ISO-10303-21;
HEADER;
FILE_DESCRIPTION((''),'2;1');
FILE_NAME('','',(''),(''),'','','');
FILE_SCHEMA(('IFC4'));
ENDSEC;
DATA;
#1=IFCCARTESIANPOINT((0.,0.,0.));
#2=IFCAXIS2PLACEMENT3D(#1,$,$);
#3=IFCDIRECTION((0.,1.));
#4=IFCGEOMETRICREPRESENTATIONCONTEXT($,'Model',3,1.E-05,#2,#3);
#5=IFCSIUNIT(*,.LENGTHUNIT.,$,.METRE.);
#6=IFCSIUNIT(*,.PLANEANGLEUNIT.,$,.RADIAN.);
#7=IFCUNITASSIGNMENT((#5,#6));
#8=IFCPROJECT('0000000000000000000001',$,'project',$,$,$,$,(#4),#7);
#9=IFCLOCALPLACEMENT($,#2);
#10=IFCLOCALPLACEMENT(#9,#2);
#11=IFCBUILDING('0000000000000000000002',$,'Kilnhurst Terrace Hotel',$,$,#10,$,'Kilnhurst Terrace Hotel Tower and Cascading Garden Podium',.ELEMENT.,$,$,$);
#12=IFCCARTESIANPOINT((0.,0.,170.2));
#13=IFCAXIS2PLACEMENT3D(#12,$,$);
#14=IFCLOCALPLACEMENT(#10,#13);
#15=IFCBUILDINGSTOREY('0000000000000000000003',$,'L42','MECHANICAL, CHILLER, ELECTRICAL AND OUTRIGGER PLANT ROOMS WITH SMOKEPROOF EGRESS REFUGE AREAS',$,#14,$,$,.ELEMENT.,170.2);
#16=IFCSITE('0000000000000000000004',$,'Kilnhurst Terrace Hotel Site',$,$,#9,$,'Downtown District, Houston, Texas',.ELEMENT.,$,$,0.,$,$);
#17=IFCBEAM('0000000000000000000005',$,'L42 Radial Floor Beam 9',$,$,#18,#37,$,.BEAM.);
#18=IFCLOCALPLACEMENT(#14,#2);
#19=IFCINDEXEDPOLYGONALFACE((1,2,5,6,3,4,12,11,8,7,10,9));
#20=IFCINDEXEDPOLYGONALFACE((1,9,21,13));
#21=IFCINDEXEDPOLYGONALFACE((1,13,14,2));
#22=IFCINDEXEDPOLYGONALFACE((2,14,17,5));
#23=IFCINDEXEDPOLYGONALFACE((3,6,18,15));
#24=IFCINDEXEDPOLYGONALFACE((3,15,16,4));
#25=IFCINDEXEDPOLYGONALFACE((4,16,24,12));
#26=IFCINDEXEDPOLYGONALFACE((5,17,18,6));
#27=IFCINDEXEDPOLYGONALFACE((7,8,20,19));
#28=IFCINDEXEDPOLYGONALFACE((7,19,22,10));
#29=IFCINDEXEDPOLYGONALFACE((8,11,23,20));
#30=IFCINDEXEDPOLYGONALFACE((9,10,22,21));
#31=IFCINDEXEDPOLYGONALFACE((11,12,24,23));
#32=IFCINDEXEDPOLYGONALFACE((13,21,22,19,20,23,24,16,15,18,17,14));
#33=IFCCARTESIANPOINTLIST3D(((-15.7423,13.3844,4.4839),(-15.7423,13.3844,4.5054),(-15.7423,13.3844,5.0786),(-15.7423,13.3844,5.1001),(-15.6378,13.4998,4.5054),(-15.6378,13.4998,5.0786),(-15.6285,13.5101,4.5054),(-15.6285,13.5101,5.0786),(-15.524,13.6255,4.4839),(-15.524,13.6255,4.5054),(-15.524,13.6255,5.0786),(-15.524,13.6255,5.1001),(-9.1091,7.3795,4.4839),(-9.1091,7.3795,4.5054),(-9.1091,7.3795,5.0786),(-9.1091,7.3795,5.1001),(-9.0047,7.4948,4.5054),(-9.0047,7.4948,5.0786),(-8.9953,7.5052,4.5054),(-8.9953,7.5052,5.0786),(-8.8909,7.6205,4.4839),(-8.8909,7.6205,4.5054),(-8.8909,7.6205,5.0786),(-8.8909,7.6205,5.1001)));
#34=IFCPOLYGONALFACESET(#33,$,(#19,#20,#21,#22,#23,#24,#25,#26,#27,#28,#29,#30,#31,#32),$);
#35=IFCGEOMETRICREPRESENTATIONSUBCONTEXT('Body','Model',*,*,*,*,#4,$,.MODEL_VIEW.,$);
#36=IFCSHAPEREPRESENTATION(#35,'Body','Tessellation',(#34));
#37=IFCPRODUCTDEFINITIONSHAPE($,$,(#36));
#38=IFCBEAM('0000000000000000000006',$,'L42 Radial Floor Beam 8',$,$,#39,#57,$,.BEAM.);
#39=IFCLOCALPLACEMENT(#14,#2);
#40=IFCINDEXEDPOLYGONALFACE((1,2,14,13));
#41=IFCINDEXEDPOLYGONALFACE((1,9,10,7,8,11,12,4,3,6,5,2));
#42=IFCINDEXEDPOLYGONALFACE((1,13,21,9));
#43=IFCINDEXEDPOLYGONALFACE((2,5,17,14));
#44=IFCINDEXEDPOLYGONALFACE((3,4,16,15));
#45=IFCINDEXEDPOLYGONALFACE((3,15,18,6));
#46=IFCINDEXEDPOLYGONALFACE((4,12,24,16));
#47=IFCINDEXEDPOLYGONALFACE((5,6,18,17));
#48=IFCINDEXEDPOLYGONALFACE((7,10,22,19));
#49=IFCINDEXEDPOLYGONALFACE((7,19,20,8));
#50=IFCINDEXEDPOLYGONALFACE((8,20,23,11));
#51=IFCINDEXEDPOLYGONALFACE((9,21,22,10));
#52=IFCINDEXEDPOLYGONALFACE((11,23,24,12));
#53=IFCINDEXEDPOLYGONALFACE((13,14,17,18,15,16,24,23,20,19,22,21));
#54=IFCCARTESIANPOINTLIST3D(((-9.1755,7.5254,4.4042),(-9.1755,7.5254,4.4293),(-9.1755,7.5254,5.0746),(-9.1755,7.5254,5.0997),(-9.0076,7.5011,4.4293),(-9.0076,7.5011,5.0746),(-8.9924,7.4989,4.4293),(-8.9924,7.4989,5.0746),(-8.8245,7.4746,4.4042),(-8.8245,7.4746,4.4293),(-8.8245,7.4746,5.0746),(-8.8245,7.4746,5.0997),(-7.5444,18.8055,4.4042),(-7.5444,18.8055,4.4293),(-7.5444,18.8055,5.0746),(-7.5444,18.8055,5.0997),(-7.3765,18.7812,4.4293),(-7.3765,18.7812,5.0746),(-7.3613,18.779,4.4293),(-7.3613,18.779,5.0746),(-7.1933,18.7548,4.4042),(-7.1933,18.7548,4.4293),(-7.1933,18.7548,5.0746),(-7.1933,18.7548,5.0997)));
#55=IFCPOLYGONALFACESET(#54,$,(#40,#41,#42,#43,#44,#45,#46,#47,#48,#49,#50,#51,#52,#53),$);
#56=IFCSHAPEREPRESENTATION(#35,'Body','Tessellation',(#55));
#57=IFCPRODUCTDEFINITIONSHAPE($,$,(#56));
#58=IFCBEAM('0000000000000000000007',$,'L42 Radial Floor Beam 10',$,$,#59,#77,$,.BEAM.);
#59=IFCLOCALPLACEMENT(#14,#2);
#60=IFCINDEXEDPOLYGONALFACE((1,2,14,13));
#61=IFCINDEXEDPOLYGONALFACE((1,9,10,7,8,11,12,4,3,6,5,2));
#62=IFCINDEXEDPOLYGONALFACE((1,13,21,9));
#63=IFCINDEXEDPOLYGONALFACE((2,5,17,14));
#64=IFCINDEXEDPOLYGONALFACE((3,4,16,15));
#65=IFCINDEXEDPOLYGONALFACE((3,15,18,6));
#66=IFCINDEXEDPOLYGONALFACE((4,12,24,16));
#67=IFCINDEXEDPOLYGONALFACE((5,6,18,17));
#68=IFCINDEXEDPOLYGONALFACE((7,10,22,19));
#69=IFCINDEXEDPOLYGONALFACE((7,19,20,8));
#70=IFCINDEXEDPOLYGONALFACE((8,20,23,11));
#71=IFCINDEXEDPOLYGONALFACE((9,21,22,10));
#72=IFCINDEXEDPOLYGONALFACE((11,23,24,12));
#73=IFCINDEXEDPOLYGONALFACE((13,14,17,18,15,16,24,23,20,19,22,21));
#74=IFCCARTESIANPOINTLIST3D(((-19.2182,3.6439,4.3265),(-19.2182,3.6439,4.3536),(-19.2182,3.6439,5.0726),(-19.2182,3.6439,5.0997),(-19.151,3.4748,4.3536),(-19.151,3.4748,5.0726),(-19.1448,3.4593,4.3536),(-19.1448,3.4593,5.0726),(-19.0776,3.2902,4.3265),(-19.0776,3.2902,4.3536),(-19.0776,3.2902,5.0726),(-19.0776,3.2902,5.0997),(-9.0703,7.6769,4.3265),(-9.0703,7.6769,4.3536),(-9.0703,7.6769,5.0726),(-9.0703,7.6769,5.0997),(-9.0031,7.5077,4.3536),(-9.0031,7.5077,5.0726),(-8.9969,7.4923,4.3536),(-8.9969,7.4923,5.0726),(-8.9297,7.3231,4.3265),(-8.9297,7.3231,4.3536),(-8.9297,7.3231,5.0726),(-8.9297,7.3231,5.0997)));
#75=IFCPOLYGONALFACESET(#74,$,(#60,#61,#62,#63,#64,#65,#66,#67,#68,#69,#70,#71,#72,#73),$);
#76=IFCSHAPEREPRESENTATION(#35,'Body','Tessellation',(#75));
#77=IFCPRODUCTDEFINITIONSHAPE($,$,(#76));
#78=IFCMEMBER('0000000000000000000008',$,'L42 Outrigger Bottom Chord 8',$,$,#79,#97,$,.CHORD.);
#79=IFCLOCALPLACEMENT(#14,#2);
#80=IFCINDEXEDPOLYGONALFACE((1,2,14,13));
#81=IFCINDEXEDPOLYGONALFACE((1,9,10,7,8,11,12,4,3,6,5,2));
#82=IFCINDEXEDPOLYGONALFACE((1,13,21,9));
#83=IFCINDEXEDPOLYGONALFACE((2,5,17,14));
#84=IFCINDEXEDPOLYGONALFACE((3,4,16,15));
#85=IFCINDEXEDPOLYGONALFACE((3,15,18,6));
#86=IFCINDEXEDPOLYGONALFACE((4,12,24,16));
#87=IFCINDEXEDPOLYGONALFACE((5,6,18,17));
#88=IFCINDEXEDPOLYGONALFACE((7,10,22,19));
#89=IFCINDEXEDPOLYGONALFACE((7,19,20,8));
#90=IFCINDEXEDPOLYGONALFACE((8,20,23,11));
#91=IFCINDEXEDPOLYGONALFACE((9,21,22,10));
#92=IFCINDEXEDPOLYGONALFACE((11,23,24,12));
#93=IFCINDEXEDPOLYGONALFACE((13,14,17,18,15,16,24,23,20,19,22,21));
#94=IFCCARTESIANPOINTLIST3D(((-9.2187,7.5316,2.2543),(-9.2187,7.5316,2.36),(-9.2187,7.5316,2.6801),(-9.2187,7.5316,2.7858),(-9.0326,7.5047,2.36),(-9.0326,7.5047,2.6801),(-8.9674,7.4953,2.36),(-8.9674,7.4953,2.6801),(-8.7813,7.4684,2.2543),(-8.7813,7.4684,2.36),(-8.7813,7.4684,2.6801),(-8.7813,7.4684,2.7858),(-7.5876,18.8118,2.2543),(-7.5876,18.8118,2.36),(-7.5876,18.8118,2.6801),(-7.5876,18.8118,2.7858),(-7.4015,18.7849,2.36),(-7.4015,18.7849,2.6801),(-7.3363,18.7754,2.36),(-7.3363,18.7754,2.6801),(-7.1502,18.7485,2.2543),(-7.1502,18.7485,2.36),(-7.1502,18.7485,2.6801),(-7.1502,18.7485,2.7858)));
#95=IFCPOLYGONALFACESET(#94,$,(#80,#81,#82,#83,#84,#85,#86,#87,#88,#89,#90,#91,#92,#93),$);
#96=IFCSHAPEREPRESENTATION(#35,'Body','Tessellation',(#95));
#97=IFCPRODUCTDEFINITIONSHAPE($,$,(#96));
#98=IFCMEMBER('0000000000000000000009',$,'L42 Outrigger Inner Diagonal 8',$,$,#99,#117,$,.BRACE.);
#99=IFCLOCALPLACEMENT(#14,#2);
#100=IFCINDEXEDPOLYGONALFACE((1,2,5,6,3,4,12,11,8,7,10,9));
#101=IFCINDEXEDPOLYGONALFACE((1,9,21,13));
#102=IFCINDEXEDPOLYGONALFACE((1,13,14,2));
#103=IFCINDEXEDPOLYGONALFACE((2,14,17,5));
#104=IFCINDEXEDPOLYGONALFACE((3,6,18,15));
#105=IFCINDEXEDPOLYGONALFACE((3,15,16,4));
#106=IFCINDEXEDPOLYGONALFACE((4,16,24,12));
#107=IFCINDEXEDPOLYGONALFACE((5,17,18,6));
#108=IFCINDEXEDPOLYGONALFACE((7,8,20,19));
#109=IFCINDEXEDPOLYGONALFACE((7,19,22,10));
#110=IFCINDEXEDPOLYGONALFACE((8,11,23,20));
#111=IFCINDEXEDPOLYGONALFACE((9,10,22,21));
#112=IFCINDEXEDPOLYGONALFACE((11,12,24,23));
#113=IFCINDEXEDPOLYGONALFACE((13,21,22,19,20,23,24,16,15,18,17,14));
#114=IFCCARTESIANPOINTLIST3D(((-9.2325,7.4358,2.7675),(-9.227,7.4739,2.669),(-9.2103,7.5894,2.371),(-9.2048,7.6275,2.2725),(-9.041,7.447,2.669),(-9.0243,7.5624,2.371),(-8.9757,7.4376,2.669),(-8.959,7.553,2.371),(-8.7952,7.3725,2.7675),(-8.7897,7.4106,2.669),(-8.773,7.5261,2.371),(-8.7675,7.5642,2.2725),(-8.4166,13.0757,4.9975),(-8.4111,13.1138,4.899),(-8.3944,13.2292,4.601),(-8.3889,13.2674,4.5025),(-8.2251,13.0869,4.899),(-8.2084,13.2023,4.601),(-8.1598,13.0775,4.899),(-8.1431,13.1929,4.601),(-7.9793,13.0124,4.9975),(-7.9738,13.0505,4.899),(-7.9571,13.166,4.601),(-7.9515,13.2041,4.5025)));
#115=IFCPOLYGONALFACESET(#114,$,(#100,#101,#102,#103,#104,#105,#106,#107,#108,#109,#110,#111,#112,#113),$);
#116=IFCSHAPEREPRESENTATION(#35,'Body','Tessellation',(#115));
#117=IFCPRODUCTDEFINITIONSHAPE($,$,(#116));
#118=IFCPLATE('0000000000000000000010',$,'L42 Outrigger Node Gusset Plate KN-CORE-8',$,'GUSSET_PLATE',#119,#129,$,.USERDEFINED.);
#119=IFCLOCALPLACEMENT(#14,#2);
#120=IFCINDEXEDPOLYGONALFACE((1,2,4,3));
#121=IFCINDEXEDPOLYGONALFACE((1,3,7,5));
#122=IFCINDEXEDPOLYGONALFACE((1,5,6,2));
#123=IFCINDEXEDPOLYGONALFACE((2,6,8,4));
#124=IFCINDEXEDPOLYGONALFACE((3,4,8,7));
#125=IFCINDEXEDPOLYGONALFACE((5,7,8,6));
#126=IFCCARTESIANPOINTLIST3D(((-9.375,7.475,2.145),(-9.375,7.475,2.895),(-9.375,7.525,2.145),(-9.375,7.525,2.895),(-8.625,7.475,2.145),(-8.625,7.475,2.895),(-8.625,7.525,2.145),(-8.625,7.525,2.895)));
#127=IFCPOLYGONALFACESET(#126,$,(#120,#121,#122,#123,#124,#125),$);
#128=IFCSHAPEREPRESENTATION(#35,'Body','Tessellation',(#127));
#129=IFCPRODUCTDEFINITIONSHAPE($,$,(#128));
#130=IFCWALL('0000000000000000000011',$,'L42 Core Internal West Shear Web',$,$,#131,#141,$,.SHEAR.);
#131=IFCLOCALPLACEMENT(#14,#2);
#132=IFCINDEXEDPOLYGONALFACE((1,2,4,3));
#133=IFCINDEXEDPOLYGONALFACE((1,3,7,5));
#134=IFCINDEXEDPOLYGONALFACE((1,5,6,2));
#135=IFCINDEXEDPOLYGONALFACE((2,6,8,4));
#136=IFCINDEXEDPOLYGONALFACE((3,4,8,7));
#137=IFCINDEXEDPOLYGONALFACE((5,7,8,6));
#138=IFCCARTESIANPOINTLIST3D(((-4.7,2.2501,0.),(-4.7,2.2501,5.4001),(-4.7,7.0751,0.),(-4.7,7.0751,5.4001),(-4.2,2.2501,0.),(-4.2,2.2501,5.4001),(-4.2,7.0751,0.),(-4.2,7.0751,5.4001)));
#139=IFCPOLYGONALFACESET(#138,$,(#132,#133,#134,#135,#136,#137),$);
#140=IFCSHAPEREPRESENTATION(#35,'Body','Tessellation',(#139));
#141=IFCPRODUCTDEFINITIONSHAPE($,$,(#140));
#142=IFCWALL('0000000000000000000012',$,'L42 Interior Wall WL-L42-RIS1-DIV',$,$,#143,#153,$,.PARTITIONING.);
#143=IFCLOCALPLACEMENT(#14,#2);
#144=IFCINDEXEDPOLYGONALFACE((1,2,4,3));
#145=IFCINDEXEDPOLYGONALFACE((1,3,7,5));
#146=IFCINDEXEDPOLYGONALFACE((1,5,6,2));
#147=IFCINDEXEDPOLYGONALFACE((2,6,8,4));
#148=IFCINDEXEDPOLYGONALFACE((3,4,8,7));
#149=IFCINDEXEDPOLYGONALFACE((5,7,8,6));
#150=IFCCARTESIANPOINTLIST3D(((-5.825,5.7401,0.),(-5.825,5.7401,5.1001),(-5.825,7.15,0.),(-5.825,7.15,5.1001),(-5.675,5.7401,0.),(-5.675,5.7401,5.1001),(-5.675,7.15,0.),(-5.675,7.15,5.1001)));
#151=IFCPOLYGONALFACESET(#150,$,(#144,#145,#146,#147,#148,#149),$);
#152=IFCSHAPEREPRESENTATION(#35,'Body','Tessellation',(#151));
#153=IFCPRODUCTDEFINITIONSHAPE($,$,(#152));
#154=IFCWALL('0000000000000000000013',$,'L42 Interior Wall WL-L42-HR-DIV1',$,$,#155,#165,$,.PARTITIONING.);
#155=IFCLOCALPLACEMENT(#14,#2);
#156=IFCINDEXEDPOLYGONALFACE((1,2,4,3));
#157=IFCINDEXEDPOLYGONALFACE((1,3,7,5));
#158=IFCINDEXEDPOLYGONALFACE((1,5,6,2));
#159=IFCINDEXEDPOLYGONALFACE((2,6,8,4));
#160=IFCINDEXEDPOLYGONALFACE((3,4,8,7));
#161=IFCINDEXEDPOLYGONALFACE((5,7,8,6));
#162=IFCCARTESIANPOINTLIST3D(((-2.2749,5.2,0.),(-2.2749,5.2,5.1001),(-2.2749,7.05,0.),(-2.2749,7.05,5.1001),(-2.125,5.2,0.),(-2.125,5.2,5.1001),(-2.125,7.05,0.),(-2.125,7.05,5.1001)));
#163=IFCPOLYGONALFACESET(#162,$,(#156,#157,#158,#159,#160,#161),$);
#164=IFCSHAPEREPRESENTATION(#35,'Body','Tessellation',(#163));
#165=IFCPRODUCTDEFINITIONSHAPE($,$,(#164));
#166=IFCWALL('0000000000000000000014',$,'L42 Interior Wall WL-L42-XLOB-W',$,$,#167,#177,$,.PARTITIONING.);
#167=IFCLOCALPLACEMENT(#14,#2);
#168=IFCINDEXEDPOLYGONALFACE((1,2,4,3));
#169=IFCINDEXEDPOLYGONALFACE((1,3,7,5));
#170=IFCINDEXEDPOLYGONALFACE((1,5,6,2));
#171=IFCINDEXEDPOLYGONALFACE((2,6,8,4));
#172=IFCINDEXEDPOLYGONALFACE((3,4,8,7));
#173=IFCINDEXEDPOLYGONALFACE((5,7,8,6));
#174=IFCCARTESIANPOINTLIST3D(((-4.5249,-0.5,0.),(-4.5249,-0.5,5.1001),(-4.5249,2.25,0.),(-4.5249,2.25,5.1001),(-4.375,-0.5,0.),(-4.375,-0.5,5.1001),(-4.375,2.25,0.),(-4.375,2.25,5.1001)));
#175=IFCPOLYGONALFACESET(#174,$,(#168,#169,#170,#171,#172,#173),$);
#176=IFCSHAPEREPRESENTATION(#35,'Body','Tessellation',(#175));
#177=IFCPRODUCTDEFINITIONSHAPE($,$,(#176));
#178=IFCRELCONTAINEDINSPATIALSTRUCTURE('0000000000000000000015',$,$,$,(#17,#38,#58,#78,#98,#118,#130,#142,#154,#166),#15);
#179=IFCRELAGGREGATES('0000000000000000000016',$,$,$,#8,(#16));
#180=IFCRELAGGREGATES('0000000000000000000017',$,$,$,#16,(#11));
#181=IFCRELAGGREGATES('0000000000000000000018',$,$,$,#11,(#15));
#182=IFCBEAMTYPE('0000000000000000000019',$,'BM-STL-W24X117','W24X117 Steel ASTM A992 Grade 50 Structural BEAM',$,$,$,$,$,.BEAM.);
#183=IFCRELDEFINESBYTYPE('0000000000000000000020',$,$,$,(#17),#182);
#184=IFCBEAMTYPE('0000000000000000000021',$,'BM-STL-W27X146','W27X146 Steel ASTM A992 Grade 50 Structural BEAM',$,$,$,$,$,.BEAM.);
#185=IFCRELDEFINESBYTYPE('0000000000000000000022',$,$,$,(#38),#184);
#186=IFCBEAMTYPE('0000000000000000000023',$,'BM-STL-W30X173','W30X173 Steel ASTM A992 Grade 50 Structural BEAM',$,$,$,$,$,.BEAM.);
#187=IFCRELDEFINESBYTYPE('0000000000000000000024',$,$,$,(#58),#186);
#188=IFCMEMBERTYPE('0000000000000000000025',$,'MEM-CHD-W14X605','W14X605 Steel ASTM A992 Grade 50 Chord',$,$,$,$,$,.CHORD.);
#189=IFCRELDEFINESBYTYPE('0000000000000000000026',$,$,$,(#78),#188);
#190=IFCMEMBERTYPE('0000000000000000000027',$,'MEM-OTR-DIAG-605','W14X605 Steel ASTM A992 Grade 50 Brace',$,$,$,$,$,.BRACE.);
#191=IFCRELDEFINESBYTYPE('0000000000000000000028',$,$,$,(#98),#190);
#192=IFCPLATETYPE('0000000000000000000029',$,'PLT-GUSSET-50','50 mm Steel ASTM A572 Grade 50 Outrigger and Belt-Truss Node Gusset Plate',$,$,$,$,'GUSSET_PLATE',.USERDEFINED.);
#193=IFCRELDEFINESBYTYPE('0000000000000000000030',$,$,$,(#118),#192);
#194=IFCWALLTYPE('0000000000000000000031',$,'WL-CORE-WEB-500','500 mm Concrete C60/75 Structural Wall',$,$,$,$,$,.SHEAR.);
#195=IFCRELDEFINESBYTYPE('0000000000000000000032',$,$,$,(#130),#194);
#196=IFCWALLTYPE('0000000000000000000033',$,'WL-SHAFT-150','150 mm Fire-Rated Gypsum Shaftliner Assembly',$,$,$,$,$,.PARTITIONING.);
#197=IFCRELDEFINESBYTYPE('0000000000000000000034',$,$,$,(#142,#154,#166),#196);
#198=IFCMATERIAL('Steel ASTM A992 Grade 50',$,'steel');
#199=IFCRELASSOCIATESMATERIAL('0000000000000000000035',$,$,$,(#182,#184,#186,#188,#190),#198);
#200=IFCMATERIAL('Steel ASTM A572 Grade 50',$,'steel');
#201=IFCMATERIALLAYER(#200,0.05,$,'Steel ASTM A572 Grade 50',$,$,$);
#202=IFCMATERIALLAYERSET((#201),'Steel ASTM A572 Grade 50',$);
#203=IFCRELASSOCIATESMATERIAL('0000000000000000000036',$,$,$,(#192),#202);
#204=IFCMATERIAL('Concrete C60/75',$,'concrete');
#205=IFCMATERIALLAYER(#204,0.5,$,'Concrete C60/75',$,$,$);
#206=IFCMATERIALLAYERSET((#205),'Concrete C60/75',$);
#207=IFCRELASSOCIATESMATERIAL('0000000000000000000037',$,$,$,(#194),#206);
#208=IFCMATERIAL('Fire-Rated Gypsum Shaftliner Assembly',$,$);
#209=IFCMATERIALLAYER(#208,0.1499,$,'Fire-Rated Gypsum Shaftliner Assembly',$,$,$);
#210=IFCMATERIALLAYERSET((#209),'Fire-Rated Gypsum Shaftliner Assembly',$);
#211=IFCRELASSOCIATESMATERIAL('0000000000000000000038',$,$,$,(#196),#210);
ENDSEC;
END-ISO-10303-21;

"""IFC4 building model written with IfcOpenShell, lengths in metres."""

from ifc_helpers import new_model, si_unit, direction, frame, frame_2d, origin, origin_2d, place, context, subcontext, project, spatial, rectangle, i_section, extrude, material, layer, layer_set, material_profile, profile_set, type_object, element, save


model = new_model("IFC4")

# Units and contexts
model_context = context("Model", 3, precision=1e-05, world=origin(), true_north=direction((0.0, 1.0)))
body_context = subcontext(model_context, "Body", "Model", "MODEL_VIEW")
ifc_project = project(units=[si_unit("LENGTHUNIT", "METRE"), si_unit("PLANEANGLEUNIT", "RADIAN")], contexts=[model_context])

# Site, building, storey
site_placement = place(None, origin())
site = spatial("IfcSite", under=ifc_project, at=site_placement, Name="Kilnhurst Terrace Hotel Site", LongName="Downtown District, Houston, Texas", CompositionType="ELEMENT", RefElevation=0.0)
building_placement = place(site_placement, origin())
building = spatial("IfcBuilding", under=site, at=building_placement, Name="Kilnhurst Terrace Hotel", LongName="Kilnhurst Terrace Hotel Tower and Cascading Garden Podium", CompositionType="ELEMENT")
storey_placement = place(building_placement, frame((0.0, 0.0, 170.2)))
storey = spatial("IfcBuildingStorey", under=building, at=storey_placement, Name="L42", Description="MECHANICAL, CHILLER, ELECTRICAL AND OUTRIGGER PLANT ROOMS WITH SMOKEPROOF EGRESS REFUGE AREAS", CompositionType="ELEMENT", Elevation=170.2)

# Beams
ifc_material_1 = material(Name="Steel ASTM A992 Grade 50", Category="steel")
ifc_material_profile_1 = material_profile(ifc_material_1, i_section(OverallWidth=0.3252, OverallDepth=0.6162, WebThickness=0.0139, FlangeThickness=0.0215, at=origin_2d()), Name="W24X117")
ifc_profile_set_1 = profile_set([ifc_material_profile_1], Name="Steel ASTM A992 Grade 50")
beam_type_1 = type_object("IfcBeamType", Name="BM-STL-W24X117", Description="W24X117 Steel ASTM A992 Grade 50 Structural BEAM", PredefinedType="BEAM", material=ifc_profile_set_1)
beam_1_placement = place(storey_placement, frame((-9.0, 7.5, 4.792), z_axis=(-0.741339, 0.671131, 0.0), x_axis=(-0.671131, -0.741339, 0.0)))
element("IfcBeam", 1, at=beam_1_placement, inside=storey, type_object=beam_type_1, Name="L42 Radial Floor Beam 9", PredefinedType="BEAM", context=body_context, shape_type="SweptSolid", body=[
    extrude(i_section(OverallWidth=0.3252, OverallDepth=0.6162, WebThickness=0.0139, FlangeThickness=0.0215, at=origin_2d()), origin(), (0.0, 0.0, 1.0), 8.9475),
])
ifc_material_profile_2 = material_profile(ifc_material_1, i_section(OverallWidth=0.3547, OverallDepth=0.6956, WebThickness=0.0154, FlangeThickness=0.0251, at=origin_2d()), Name="W27X146")
ifc_profile_set_2 = profile_set([ifc_material_profile_2], Name="Steel ASTM A992 Grade 50")
beam_type_2 = type_object("IfcBeamType", Name="BM-STL-W27X146", Description="W27X146 Steel ASTM A992 Grade 50 Structural BEAM", PredefinedType="BEAM", material=ifc_profile_set_2)
beam_2_placement = place(storey_placement, frame((-9.0, 7.5, 4.752), z_axis=(0.143113, 0.989706, 0.0), x_axis=(-0.989706, 0.143113, 0.0)))
element("IfcBeam", 2, at=beam_2_placement, inside=storey, type_object=beam_type_2, Name="L42 Radial Floor Beam 8", PredefinedType="BEAM", context=body_context, shape_type="SweptSolid", body=[
    extrude(i_section(OverallWidth=0.3547, OverallDepth=0.6956, WebThickness=0.0154, FlangeThickness=0.0251, at=origin_2d()), origin(), (0.0, 0.0, 1.0), 11.3975),
])
ifc_material_profile_3 = material_profile(ifc_material_1, i_section(OverallWidth=0.3806, OverallDepth=0.7732, WebThickness=0.0166, FlangeThickness=0.0271, at=origin_2d()), Name="W30X173")
ifc_profile_set_3 = profile_set([ifc_material_profile_3], Name="Steel ASTM A992 Grade 50")
beam_type_3 = type_object("IfcBeamType", Name="BM-STL-W30X173", Description="W30X173 Steel ASTM A992 Grade 50 Structural BEAM", PredefinedType="BEAM", material=ifc_profile_set_3)
beam_3_placement = place(storey_placement, frame((-9.0, 7.5, 4.7131), z_axis=(-0.929302, -0.36932, 0.0), x_axis=(0.36932, -0.929302, 0.0)))
element("IfcBeam", 3, at=beam_3_placement, inside=storey, type_object=beam_type_3, Name="L42 Radial Floor Beam 10", PredefinedType="BEAM", context=body_context, shape_type="SweptSolid", body=[
    extrude(i_section(OverallWidth=0.3806, OverallDepth=0.7732, WebThickness=0.0166, FlangeThickness=0.0271, at=origin_2d()), origin(), (0.0, 0.0, 1.0), 10.9199),
])

# Members
ifc_material_profile_4 = material_profile(ifc_material_1, i_section(OverallWidth=0.4419, OverallDepth=0.5315, WebThickness=0.0659, FlangeThickness=0.1057, at=origin_2d()), Name="W14X605")
ifc_profile_set_4 = profile_set([ifc_material_profile_4], Name="Steel ASTM A992 Grade 50")
member_type_1 = type_object("IfcMemberType", Name="MEM-CHD-W14X605", Description="W14X605 Steel ASTM A992 Grade 50 Chord", PredefinedType="CHORD", material=ifc_profile_set_4)
member_1_placement = place(storey_placement, frame((-9.0, 7.5, 2.52), z_axis=(0.143113, 0.989706, 0.0), x_axis=(-0.989706, 0.143113, 0.0)))
element("IfcMember", 4, at=member_1_placement, inside=storey, type_object=member_type_1, Name="L42 Outrigger Bottom Chord 8", PredefinedType="CHORD", context=body_context, shape_type="SweptSolid", body=[
    extrude(i_section(OverallWidth=0.4419, OverallDepth=0.5315, WebThickness=0.0659, FlangeThickness=0.1057, at=origin_2d()), origin(), (0.0, 0.0, 1.0), 11.3975),
])
ifc_material_profile_5 = material_profile(ifc_material_1, i_section(OverallWidth=0.4419, OverallDepth=0.5315, WebThickness=0.0659, FlangeThickness=0.1057, at=origin_2d()), Name="W14X605")
ifc_profile_set_5 = profile_set([ifc_material_profile_5], Name="Steel ASTM A992 Grade 50")
member_type_2 = type_object("IfcMemberType", Name="MEM-OTR-DIAG-605", Description="W14X605 Steel ASTM A992 Grade 50 Brace", PredefinedType="BRACE", material=ifc_profile_set_5)
member_2_placement = place(storey_placement, frame((-9.0, 7.5, 2.52), z_axis=(0.133333, 0.921643, 0.364412), x_axis=(-0.989697, 0.143179, 0.0)))
element("IfcMember", 5, at=member_2_placement, inside=storey, type_object=member_type_2, Name="L42 Outrigger Inner Diagonal 8", PredefinedType="BRACE", context=body_context, shape_type="SweptSolid", body=[
    extrude(i_section(OverallWidth=0.4419, OverallDepth=0.5315, WebThickness=0.0659, FlangeThickness=0.1057, at=origin_2d()), origin(), (0.0, 0.0, 1.0), 6.1194),
])

# Plate
ifc_material_2 = material(Name="Steel ASTM A572 Grade 50", Category="steel")
ifc_layer_1 = layer(ifc_material_2, 0.05, Name="Steel ASTM A572 Grade 50")
ifc_layer_set_1 = layer_set([ifc_layer_1], Name="Steel ASTM A572 Grade 50")
plate_type = type_object("IfcPlateType", Name="PLT-GUSSET-50", Description="50 mm Steel ASTM A572 Grade 50 Outrigger and Belt-Truss Node Gusset Plate", ElementType="GUSSET_PLATE", PredefinedType="USERDEFINED", material=ifc_layer_set_1)
plate_placement = place(storey_placement, frame((-9.0, 7.5, 2.145), z_axis=(0.0, 0.0, 1.0), x_axis=(1.0, 0.0, 0.0)))
element("IfcPlate", 6, at=plate_placement, inside=storey, type_object=plate_type, Name="L42 Outrigger Node Gusset Plate KN-CORE-8", ObjectType="GUSSET_PLATE", PredefinedType="USERDEFINED", context=body_context, shape_type="SweptSolid", body=[
    extrude(rectangle(XDim=0.75, YDim=0.05, at=origin_2d()), origin(), (0.0, 0.0, 1.0), 0.75),
])

# Walls
ifc_material_3 = material(Name="Concrete C60/75", Category="concrete")
ifc_layer_2 = layer(ifc_material_3, 0.5, Name="Concrete C60/75")
ifc_layer_set_2 = layer_set([ifc_layer_2], Name="Concrete C60/75")
wall_type_1 = type_object("IfcWallType", Name="WL-CORE-WEB-500", Description="500 mm Concrete C60/75 Structural Wall", PredefinedType="SHEAR", material=ifc_layer_set_2)
wall_1_placement = place(storey_placement, frame((-4.45, 2.25, 0.0), z_axis=(0.0, 0.0, 1.0), x_axis=(0.0, 1.0, 0.0)))
element("IfcWall", 7, at=wall_1_placement, inside=storey, type_object=wall_type_1, Name="L42 Core Internal West Shear Web", PredefinedType="SHEAR", context=body_context, shape_type="SweptSolid", body=[
    extrude(rectangle(XDim=4.825, YDim=0.5, at=frame_2d((2.4126, 0.0))), origin(), (0.0, 0.0, 1.0), 5.4001),
])
ifc_material_4 = material(Name="Fire-Rated Gypsum Shaftliner Assembly")
ifc_layer_3 = layer(ifc_material_4, 0.1499, Name="Fire-Rated Gypsum Shaftliner Assembly")
ifc_layer_set_3 = layer_set([ifc_layer_3], Name="Fire-Rated Gypsum Shaftliner Assembly")
wall_type_2 = type_object("IfcWallType", Name="WL-SHAFT-150", Description="150 mm Fire-Rated Gypsum Shaftliner Assembly", PredefinedType="PARTITIONING", material=ifc_layer_set_3)
wall_2_placement = place(storey_placement, frame((-5.75, 5.74, 0.0), z_axis=(0.0, 0.0, 1.0), x_axis=(0.0, 1.0, 0.0)))
element("IfcWall", 8, at=wall_2_placement, inside=storey, type_object=wall_type_2, Name="L42 Interior Wall WL-L42-RIS1-DIV", PredefinedType="PARTITIONING", context=body_context, shape_type="SweptSolid", body=[
    extrude(rectangle(XDim=1.4099, YDim=0.1499, at=frame_2d((0.7051, 0.0))), origin(), (0.0, 0.0, 1.0), 5.1001),
])
wall_3_placement = place(storey_placement, frame((-2.2, 5.2, 0.0), z_axis=(0.0, 0.0, 1.0), x_axis=(0.0, 1.0, 0.0)))
element("IfcWall", 9, at=wall_3_placement, inside=storey, type_object=wall_type_2, Name="L42 Interior Wall WL-L42-HR-DIV1", PredefinedType="PARTITIONING", context=body_context, shape_type="SweptSolid", body=[
    extrude(rectangle(XDim=1.8501, YDim=0.1499, at=frame_2d((0.925, 0.0))), origin(), (0.0, 0.0, 1.0), 5.1001),
])
wall_4_placement = place(storey_placement, frame((-4.45, -0.5, 0.0), z_axis=(0.0, 0.0, 1.0), x_axis=(0.0, 1.0, 0.0)))
element("IfcWall", 10, at=wall_4_placement, inside=storey, type_object=wall_type_2, Name="L42 Interior Wall WL-L42-XLOB-W", PredefinedType="PARTITIONING", context=body_context, shape_type="SweptSolid", body=[
    extrude(rectangle(XDim=2.75, YDim=0.1499, at=frame_2d((1.375, 0.0))), origin(), (0.0, 0.0, 1.0), 5.1001),
])

save(model, "model.ifc")
